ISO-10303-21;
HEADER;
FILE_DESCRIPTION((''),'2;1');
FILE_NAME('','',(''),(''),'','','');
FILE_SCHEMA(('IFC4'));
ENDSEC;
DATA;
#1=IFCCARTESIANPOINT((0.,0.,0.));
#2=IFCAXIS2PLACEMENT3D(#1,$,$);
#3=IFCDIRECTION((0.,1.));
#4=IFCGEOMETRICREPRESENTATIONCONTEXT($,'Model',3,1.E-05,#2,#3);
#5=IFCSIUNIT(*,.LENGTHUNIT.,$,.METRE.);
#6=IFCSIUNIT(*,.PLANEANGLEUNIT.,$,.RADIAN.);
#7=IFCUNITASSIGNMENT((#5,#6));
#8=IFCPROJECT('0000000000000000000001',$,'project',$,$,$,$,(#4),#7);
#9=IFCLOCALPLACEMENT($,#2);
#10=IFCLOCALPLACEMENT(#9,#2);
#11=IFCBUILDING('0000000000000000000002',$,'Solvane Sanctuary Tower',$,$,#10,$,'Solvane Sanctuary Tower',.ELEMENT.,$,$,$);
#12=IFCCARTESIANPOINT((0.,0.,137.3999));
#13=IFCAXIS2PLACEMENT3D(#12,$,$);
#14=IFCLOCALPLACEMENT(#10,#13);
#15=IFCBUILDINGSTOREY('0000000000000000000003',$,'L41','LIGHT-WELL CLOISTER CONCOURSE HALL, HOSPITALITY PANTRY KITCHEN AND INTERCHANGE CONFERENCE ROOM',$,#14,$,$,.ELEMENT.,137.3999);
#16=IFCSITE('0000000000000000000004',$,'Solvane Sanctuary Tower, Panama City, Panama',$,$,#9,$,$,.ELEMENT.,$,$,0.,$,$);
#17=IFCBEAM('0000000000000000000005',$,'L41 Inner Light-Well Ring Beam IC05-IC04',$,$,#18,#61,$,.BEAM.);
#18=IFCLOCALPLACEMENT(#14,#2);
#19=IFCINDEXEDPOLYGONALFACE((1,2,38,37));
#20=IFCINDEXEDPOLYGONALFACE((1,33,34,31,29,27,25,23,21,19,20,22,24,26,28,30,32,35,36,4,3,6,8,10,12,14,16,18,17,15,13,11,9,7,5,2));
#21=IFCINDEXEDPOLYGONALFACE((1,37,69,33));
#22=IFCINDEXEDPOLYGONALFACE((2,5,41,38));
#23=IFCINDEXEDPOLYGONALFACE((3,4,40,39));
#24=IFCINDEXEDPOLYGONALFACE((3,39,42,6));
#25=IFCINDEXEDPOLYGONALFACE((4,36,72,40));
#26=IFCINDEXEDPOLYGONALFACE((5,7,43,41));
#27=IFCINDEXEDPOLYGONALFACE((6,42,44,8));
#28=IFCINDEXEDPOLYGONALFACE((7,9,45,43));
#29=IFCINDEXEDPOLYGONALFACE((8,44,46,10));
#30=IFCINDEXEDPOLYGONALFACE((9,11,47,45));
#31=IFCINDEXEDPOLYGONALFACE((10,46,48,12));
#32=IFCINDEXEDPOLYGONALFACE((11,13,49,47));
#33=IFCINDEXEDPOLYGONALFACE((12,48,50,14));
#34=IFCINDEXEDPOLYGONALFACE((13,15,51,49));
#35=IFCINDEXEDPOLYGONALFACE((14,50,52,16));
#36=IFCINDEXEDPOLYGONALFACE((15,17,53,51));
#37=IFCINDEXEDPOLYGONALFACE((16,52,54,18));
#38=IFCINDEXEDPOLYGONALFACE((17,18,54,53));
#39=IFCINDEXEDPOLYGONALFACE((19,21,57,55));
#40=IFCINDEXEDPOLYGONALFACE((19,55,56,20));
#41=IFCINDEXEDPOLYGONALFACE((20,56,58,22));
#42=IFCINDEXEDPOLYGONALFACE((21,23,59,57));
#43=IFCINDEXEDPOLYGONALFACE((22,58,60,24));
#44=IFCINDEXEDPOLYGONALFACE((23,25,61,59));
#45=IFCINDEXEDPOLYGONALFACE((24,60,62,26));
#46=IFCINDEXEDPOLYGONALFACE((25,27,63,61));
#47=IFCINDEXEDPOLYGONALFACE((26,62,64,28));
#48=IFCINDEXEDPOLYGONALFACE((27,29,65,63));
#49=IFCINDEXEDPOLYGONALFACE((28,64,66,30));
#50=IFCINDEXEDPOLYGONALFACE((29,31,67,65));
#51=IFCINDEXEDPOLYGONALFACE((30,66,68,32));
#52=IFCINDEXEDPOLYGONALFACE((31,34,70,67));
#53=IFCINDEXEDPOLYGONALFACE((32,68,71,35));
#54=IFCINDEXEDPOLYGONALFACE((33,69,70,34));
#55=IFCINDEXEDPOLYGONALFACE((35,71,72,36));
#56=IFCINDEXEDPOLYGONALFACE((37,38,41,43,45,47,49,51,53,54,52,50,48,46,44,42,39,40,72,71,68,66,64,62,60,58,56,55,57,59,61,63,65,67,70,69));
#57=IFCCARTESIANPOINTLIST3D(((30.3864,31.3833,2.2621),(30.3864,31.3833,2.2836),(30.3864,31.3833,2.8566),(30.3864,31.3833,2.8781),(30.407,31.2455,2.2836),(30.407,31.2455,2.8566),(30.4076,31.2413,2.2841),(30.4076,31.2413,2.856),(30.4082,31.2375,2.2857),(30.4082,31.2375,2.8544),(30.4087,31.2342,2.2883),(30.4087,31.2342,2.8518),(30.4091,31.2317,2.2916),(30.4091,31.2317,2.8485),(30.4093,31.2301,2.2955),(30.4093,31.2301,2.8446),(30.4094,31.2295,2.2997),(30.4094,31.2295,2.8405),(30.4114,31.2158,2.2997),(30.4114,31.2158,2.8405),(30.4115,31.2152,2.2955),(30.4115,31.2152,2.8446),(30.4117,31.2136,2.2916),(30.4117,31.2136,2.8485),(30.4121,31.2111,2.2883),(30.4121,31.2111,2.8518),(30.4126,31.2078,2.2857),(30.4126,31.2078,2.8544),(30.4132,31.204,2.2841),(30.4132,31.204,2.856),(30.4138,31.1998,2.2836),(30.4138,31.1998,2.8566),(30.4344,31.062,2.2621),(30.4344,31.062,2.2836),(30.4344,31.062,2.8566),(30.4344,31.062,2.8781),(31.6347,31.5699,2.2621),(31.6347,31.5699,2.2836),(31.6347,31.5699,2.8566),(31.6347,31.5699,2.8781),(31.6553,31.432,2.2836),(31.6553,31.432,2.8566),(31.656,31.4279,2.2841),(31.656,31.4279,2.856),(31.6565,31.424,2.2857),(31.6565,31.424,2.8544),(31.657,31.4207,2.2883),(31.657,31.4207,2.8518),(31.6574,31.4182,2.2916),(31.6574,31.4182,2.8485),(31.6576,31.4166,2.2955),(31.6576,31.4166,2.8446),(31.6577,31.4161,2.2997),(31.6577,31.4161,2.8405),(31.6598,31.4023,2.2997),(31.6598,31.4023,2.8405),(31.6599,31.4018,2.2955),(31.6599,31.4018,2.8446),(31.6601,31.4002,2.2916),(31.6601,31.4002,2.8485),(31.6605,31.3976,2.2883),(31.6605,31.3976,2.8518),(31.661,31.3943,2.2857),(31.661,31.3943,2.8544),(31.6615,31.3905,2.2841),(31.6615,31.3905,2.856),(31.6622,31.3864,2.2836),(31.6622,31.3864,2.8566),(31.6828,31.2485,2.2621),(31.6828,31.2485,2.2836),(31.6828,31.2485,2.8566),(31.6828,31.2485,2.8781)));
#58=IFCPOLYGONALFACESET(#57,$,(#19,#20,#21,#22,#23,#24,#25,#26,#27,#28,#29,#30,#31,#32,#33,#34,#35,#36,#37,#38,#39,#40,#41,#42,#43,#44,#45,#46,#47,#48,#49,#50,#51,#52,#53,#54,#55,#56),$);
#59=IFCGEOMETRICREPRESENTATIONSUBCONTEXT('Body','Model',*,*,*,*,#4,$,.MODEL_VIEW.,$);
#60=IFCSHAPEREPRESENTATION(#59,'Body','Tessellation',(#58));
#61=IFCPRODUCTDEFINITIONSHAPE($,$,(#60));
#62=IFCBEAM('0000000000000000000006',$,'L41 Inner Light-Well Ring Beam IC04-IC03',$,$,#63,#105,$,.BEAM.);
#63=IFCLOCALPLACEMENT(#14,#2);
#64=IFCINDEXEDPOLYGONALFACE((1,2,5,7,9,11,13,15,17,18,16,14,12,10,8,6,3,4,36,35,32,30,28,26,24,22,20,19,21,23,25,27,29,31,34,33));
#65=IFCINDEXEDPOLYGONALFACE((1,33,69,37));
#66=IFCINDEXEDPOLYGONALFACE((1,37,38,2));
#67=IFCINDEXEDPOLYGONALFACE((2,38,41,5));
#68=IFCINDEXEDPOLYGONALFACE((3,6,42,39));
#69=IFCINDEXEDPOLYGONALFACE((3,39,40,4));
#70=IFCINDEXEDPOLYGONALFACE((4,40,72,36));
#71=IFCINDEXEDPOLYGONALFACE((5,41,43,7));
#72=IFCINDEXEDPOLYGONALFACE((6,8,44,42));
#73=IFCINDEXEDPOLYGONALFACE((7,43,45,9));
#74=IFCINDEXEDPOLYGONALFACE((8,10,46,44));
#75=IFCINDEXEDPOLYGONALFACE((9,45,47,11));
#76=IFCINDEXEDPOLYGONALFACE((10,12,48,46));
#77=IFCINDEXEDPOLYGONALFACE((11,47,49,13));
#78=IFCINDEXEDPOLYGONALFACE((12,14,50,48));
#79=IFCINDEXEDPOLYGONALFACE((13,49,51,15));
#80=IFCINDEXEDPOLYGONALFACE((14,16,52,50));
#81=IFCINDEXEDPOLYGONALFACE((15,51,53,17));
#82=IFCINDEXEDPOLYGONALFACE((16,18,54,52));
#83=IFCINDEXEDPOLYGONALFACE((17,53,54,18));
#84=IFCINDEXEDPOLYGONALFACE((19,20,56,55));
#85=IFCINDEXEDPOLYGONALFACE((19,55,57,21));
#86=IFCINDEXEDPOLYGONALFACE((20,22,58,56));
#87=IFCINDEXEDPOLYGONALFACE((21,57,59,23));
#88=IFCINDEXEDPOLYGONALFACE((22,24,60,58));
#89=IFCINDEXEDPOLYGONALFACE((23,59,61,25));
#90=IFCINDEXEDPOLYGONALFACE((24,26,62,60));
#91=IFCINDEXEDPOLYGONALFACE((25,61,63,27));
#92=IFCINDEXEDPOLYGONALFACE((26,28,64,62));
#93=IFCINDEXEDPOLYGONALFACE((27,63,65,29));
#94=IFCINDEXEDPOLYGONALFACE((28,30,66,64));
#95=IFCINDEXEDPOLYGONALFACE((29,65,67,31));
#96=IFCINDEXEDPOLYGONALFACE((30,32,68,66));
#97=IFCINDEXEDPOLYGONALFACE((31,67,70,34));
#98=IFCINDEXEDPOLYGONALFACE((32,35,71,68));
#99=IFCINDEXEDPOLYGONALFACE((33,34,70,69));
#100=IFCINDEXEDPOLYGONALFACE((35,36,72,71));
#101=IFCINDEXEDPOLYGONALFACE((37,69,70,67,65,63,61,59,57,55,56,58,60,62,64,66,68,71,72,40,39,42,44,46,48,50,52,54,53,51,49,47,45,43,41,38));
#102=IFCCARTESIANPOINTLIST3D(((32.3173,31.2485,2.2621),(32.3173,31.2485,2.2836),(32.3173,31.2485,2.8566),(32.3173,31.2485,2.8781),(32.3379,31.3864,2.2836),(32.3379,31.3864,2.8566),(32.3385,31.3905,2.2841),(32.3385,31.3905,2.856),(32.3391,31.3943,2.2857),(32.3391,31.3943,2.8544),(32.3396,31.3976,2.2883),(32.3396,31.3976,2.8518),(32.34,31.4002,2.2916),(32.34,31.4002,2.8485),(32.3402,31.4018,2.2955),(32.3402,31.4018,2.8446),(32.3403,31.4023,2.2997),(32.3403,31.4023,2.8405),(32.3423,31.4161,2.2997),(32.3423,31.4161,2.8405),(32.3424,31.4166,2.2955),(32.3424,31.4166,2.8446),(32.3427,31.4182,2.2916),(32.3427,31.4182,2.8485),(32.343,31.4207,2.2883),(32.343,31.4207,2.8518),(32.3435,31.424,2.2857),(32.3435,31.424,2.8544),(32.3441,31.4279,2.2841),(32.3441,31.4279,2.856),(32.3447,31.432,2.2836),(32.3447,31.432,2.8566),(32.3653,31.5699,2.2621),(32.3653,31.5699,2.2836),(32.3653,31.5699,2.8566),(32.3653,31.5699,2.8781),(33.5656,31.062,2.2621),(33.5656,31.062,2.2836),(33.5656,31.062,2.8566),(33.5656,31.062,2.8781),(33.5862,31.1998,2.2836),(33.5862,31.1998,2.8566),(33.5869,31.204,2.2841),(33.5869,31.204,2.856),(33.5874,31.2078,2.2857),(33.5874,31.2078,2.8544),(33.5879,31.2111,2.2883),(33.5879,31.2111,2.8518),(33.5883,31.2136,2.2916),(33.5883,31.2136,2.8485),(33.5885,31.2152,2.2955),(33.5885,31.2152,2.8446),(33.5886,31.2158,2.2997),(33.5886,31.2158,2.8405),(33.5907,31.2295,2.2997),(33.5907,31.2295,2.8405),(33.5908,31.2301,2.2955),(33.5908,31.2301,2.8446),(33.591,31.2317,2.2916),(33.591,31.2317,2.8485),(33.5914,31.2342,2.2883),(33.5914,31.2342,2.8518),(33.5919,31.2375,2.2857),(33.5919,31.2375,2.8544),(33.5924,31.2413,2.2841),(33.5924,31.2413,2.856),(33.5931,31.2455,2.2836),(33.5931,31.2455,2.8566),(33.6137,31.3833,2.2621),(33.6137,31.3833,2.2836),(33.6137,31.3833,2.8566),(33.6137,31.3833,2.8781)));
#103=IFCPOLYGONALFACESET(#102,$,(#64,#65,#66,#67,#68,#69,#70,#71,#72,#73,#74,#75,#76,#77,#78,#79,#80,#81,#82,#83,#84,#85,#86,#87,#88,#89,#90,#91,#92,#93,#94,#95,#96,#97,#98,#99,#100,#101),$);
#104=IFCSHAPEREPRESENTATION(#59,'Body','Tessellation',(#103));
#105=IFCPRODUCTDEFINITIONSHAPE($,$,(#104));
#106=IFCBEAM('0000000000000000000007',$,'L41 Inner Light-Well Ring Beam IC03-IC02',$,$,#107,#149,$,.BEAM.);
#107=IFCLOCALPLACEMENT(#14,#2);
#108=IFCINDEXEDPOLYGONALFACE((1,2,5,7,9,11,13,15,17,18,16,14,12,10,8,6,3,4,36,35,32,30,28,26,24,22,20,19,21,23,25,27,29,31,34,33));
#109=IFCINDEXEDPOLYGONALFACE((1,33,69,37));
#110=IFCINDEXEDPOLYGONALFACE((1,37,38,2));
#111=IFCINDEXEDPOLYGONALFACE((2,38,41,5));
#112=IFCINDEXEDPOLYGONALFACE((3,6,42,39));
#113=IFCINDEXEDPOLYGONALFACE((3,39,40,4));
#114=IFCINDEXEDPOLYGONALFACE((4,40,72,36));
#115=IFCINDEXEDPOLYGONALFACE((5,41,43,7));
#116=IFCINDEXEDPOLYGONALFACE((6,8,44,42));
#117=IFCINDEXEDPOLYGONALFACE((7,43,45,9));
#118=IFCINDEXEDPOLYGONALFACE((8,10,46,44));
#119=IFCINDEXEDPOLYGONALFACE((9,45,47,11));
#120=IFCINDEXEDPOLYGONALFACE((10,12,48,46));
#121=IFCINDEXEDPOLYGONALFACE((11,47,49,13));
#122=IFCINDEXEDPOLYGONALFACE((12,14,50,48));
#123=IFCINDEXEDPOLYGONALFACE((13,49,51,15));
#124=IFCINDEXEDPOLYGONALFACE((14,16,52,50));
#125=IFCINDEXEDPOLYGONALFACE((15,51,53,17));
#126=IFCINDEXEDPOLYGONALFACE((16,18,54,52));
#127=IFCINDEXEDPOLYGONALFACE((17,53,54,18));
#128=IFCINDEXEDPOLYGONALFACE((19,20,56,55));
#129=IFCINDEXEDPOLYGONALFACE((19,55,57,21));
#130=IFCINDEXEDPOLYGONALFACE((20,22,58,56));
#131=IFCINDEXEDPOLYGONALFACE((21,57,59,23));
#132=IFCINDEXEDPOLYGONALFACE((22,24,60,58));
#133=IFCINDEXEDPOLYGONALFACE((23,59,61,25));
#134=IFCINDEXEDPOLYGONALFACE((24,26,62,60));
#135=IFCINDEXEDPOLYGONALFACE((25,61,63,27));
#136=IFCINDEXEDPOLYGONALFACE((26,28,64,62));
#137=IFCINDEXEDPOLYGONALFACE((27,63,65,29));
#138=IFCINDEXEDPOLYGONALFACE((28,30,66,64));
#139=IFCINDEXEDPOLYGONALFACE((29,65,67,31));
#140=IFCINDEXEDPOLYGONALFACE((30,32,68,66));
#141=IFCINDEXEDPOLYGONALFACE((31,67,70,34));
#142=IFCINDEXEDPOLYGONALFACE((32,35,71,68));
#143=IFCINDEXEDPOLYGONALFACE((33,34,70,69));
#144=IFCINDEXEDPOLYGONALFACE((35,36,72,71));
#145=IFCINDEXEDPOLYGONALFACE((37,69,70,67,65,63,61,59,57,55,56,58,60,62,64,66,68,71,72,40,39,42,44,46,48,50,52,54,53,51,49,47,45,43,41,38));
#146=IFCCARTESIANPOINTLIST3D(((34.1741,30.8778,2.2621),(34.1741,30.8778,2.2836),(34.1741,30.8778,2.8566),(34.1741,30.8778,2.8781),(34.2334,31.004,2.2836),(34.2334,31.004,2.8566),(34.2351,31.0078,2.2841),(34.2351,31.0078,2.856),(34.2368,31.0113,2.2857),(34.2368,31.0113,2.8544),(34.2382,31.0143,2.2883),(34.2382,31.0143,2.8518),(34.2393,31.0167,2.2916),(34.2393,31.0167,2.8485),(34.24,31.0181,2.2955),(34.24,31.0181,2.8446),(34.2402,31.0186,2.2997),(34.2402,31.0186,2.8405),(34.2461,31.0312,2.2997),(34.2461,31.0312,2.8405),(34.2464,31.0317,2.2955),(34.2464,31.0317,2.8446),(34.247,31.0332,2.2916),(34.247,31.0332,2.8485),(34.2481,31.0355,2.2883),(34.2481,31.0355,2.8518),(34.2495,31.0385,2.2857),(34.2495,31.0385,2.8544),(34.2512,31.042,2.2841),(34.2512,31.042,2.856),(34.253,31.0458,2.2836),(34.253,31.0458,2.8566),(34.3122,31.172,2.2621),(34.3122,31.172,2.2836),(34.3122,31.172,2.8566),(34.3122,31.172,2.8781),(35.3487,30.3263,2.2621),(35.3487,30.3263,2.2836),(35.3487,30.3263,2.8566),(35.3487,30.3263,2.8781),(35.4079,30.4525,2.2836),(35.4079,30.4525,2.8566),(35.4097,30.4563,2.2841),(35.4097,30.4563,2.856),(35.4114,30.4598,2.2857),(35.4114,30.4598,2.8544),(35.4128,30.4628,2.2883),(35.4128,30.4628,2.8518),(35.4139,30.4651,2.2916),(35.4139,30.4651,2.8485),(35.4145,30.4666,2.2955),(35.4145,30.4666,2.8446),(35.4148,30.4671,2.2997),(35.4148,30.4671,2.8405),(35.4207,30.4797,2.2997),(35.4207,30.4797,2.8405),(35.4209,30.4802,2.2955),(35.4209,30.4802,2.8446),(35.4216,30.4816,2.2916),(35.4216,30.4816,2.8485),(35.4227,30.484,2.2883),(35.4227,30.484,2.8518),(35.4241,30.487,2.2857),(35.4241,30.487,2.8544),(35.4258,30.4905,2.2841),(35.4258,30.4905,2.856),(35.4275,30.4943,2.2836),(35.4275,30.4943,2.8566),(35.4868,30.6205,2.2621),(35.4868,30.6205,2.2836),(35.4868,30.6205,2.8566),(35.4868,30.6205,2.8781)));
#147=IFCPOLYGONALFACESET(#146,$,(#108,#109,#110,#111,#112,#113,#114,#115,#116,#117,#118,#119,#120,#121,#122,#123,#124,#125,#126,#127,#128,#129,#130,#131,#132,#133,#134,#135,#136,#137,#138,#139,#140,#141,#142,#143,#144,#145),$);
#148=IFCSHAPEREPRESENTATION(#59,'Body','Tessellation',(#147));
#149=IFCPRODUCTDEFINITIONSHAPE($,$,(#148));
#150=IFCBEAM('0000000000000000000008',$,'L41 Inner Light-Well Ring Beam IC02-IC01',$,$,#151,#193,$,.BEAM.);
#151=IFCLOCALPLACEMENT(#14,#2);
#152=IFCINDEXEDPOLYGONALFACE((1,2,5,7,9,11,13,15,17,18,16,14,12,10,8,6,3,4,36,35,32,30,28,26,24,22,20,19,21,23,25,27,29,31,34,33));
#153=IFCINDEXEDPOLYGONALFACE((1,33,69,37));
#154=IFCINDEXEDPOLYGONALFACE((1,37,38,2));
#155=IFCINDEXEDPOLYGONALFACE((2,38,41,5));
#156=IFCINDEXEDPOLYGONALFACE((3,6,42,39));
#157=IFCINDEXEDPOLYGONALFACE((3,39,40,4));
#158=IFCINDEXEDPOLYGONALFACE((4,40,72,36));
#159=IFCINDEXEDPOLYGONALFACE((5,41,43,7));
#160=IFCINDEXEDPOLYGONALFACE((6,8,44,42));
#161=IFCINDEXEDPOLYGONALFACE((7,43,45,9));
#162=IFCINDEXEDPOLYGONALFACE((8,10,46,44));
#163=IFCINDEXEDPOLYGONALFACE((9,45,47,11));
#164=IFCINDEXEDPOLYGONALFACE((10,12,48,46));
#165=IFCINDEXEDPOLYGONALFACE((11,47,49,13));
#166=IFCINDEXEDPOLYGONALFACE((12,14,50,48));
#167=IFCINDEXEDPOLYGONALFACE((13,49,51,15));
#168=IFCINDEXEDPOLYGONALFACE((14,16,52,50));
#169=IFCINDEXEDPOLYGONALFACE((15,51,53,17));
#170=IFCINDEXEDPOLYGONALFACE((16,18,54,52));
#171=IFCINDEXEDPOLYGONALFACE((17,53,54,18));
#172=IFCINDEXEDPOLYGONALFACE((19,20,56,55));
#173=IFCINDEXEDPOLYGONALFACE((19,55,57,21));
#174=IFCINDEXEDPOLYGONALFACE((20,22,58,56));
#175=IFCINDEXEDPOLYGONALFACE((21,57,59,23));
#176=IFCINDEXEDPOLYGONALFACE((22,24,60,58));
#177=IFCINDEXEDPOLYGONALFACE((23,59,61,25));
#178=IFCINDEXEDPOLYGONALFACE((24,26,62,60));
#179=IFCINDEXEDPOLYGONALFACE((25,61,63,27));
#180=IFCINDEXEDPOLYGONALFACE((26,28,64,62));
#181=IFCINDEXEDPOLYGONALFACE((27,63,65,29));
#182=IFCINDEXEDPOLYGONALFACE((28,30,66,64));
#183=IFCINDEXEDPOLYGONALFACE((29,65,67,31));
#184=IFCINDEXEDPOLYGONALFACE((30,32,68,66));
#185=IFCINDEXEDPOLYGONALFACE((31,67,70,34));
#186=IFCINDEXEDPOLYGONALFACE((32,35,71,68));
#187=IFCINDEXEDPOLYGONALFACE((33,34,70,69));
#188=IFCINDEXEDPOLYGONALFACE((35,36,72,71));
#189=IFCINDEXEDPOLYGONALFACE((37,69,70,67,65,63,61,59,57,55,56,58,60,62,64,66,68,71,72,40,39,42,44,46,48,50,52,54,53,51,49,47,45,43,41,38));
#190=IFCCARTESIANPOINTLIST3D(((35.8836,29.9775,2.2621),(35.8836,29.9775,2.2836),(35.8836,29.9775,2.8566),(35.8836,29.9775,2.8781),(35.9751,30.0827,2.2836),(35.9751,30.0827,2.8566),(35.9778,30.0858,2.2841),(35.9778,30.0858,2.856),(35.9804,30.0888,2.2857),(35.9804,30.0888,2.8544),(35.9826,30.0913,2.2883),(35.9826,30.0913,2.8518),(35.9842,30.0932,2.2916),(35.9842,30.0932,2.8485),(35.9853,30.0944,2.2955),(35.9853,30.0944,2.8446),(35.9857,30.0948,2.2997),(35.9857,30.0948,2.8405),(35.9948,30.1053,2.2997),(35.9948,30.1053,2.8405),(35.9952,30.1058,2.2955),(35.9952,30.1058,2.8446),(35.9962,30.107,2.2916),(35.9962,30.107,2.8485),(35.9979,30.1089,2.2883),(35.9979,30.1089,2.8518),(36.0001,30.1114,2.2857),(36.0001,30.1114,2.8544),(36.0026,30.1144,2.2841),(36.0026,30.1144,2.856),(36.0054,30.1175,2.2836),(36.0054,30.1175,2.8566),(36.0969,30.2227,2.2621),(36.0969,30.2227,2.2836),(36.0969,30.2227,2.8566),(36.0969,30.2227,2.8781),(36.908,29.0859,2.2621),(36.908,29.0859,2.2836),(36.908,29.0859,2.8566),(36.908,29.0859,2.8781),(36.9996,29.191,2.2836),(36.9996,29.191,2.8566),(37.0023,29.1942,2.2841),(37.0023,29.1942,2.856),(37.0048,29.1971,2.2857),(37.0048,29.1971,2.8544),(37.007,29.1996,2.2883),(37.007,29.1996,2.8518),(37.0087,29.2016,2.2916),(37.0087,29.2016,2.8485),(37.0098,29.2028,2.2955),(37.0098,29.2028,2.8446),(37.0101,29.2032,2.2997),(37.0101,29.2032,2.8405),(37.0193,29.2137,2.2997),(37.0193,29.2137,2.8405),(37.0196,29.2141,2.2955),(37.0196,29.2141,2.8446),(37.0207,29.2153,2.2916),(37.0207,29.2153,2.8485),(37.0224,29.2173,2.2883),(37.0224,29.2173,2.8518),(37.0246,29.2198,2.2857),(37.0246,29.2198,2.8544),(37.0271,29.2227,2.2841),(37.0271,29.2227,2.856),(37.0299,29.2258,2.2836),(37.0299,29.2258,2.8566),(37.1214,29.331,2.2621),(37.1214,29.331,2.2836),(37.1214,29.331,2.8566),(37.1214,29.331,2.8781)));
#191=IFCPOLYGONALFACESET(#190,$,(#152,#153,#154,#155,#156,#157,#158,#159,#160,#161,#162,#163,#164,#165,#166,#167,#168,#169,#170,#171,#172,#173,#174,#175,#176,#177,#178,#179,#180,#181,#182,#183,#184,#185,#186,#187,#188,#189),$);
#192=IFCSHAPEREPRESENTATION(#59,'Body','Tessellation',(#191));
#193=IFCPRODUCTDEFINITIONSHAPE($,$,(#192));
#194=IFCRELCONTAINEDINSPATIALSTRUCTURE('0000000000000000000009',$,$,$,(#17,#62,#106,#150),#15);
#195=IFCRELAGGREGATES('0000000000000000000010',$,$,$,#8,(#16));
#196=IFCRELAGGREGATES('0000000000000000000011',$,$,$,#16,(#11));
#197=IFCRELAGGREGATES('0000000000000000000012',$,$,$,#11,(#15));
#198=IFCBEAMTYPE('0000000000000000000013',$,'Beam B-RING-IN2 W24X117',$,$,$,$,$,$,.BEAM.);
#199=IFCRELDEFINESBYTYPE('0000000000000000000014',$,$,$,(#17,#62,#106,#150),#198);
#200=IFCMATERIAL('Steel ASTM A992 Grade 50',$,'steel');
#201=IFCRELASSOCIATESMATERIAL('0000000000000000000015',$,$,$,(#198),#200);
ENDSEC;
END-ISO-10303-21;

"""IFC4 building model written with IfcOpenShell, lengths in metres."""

from ifc_helpers import new_model, si_unit, direction, frame, origin, origin_2d, place, context, subcontext, project, spatial, i_section, extrude, material, material_profile, profile_set, type_object, element, save


model = new_model("IFC4")

# Units and contexts
model_context = context("Model", 3, precision=1e-05, world=origin(), true_north=direction((0.0, 1.0)))
body_context = subcontext(model_context, "Body", "Model", "MODEL_VIEW")
ifc_project = project(units=[si_unit("LENGTHUNIT", "METRE"), si_unit("PLANEANGLEUNIT", "RADIAN")], contexts=[model_context])

# Site, building, storey
site_placement = place(None, origin())
site = spatial("IfcSite", under=ifc_project, at=site_placement, Name="Solvane Sanctuary Tower, Panama City, Panama", CompositionType="ELEMENT", RefElevation=0.0)
building_placement = place(site_placement, origin())
building = spatial("IfcBuilding", under=site, at=building_placement, Name="Solvane Sanctuary Tower", LongName="Solvane Sanctuary Tower", CompositionType="ELEMENT")
storey_placement = place(building_placement, frame((0.0, 0.0, 137.3999)))
storey = spatial("IfcBuildingStorey", under=building, at=storey_placement, Name="L41", Description="LIGHT-WELL CLOISTER CONCOURSE HALL, HOSPITALITY PANTRY KITCHEN AND INTERCHANGE CONFERENCE ROOM", CompositionType="ELEMENT", Elevation=137.3999)

# Beams
ifc_material_1 = material(Name="Steel ASTM A992 Grade 50", Category="steel")
ifc_material_profile_1 = material_profile(ifc_material_1, i_section(OverallWidth=0.325, OverallDepth=0.616, WebThickness=0.0139, FlangeThickness=0.0215, FilletRadius=0.0161, at=origin_2d()), Name="W24X117")
ifc_profile_set_1 = profile_set([ifc_material_profile_1], Name="Steel ASTM A992 Grade 50")
beam_type_1 = type_object("IfcBeamType", Name="Beam B-RING-IN2 W24X117", PredefinedType="BEAM", material=ifc_profile_set_1)
for number, where, z_axis, x_axis, name in (
    (1, (30.4104, 31.2227, 2.5701), (0.98902, 0.147782, 0.0), (-0.147782, 0.98902, 0.0), "L41 Inner Light-Well Ring Beam IC05-IC04"),
    (2, (32.3413, 31.4092, 2.5701), (0.98902, -0.147782, 0.0), (0.147782, 0.98902, 0.0), "L41 Inner Light-Well Ring Beam IC04-IC03"),
):
    element("IfcBeam", number, at=place(storey_placement, frame(where, z_axis=z_axis, x_axis=x_axis)), inside=storey, type_object=beam_type_1, Name=name, PredefinedType="BEAM", context=body_context, shape_type="SweptSolid", body=[
        extrude(i_section(OverallWidth=0.325, OverallDepth=0.616, WebThickness=0.0139, FlangeThickness=0.0215, FilletRadius=0.0161, at=origin_2d()), origin(), (0.0, 0.0, 1.0), 1.2622),
    ])
beam_1_placement = place(storey_placement, frame((34.2432, 31.0249, 2.5701), z_axis=(0.905181, -0.425027, 0.0), x_axis=(0.425027, 0.905181, 0.0)))
element("IfcBeam", 3, at=beam_1_placement, inside=storey, type_object=beam_type_1, Name="L41 Inner Light-Well Ring Beam IC03-IC02", PredefinedType="BEAM", context=body_context, shape_type="SweptSolid", body=[
    extrude(i_section(OverallWidth=0.325, OverallDepth=0.616, WebThickness=0.0139, FlangeThickness=0.0215, FilletRadius=0.0161, at=origin_2d()), origin(), (0.0, 0.0, 1.0), 1.2976),
])
beam_2_placement = place(storey_placement, frame((35.9902, 30.1001, 2.5701), z_axis=(0.754311, -0.656517, 0.0), x_axis=(0.656517, 0.754311, 0.0)))
element("IfcBeam", 4, at=beam_2_placement, inside=storey, type_object=beam_type_1, Name="L41 Inner Light-Well Ring Beam IC02-IC01", PredefinedType="BEAM", context=body_context, shape_type="SweptSolid", body=[
    extrude(i_section(OverallWidth=0.325, OverallDepth=0.616, WebThickness=0.0139, FlangeThickness=0.0215, FilletRadius=0.0161, at=origin_2d()), origin(), (0.0, 0.0, 1.0), 1.3582),
])

save(model, "model.ifc")
